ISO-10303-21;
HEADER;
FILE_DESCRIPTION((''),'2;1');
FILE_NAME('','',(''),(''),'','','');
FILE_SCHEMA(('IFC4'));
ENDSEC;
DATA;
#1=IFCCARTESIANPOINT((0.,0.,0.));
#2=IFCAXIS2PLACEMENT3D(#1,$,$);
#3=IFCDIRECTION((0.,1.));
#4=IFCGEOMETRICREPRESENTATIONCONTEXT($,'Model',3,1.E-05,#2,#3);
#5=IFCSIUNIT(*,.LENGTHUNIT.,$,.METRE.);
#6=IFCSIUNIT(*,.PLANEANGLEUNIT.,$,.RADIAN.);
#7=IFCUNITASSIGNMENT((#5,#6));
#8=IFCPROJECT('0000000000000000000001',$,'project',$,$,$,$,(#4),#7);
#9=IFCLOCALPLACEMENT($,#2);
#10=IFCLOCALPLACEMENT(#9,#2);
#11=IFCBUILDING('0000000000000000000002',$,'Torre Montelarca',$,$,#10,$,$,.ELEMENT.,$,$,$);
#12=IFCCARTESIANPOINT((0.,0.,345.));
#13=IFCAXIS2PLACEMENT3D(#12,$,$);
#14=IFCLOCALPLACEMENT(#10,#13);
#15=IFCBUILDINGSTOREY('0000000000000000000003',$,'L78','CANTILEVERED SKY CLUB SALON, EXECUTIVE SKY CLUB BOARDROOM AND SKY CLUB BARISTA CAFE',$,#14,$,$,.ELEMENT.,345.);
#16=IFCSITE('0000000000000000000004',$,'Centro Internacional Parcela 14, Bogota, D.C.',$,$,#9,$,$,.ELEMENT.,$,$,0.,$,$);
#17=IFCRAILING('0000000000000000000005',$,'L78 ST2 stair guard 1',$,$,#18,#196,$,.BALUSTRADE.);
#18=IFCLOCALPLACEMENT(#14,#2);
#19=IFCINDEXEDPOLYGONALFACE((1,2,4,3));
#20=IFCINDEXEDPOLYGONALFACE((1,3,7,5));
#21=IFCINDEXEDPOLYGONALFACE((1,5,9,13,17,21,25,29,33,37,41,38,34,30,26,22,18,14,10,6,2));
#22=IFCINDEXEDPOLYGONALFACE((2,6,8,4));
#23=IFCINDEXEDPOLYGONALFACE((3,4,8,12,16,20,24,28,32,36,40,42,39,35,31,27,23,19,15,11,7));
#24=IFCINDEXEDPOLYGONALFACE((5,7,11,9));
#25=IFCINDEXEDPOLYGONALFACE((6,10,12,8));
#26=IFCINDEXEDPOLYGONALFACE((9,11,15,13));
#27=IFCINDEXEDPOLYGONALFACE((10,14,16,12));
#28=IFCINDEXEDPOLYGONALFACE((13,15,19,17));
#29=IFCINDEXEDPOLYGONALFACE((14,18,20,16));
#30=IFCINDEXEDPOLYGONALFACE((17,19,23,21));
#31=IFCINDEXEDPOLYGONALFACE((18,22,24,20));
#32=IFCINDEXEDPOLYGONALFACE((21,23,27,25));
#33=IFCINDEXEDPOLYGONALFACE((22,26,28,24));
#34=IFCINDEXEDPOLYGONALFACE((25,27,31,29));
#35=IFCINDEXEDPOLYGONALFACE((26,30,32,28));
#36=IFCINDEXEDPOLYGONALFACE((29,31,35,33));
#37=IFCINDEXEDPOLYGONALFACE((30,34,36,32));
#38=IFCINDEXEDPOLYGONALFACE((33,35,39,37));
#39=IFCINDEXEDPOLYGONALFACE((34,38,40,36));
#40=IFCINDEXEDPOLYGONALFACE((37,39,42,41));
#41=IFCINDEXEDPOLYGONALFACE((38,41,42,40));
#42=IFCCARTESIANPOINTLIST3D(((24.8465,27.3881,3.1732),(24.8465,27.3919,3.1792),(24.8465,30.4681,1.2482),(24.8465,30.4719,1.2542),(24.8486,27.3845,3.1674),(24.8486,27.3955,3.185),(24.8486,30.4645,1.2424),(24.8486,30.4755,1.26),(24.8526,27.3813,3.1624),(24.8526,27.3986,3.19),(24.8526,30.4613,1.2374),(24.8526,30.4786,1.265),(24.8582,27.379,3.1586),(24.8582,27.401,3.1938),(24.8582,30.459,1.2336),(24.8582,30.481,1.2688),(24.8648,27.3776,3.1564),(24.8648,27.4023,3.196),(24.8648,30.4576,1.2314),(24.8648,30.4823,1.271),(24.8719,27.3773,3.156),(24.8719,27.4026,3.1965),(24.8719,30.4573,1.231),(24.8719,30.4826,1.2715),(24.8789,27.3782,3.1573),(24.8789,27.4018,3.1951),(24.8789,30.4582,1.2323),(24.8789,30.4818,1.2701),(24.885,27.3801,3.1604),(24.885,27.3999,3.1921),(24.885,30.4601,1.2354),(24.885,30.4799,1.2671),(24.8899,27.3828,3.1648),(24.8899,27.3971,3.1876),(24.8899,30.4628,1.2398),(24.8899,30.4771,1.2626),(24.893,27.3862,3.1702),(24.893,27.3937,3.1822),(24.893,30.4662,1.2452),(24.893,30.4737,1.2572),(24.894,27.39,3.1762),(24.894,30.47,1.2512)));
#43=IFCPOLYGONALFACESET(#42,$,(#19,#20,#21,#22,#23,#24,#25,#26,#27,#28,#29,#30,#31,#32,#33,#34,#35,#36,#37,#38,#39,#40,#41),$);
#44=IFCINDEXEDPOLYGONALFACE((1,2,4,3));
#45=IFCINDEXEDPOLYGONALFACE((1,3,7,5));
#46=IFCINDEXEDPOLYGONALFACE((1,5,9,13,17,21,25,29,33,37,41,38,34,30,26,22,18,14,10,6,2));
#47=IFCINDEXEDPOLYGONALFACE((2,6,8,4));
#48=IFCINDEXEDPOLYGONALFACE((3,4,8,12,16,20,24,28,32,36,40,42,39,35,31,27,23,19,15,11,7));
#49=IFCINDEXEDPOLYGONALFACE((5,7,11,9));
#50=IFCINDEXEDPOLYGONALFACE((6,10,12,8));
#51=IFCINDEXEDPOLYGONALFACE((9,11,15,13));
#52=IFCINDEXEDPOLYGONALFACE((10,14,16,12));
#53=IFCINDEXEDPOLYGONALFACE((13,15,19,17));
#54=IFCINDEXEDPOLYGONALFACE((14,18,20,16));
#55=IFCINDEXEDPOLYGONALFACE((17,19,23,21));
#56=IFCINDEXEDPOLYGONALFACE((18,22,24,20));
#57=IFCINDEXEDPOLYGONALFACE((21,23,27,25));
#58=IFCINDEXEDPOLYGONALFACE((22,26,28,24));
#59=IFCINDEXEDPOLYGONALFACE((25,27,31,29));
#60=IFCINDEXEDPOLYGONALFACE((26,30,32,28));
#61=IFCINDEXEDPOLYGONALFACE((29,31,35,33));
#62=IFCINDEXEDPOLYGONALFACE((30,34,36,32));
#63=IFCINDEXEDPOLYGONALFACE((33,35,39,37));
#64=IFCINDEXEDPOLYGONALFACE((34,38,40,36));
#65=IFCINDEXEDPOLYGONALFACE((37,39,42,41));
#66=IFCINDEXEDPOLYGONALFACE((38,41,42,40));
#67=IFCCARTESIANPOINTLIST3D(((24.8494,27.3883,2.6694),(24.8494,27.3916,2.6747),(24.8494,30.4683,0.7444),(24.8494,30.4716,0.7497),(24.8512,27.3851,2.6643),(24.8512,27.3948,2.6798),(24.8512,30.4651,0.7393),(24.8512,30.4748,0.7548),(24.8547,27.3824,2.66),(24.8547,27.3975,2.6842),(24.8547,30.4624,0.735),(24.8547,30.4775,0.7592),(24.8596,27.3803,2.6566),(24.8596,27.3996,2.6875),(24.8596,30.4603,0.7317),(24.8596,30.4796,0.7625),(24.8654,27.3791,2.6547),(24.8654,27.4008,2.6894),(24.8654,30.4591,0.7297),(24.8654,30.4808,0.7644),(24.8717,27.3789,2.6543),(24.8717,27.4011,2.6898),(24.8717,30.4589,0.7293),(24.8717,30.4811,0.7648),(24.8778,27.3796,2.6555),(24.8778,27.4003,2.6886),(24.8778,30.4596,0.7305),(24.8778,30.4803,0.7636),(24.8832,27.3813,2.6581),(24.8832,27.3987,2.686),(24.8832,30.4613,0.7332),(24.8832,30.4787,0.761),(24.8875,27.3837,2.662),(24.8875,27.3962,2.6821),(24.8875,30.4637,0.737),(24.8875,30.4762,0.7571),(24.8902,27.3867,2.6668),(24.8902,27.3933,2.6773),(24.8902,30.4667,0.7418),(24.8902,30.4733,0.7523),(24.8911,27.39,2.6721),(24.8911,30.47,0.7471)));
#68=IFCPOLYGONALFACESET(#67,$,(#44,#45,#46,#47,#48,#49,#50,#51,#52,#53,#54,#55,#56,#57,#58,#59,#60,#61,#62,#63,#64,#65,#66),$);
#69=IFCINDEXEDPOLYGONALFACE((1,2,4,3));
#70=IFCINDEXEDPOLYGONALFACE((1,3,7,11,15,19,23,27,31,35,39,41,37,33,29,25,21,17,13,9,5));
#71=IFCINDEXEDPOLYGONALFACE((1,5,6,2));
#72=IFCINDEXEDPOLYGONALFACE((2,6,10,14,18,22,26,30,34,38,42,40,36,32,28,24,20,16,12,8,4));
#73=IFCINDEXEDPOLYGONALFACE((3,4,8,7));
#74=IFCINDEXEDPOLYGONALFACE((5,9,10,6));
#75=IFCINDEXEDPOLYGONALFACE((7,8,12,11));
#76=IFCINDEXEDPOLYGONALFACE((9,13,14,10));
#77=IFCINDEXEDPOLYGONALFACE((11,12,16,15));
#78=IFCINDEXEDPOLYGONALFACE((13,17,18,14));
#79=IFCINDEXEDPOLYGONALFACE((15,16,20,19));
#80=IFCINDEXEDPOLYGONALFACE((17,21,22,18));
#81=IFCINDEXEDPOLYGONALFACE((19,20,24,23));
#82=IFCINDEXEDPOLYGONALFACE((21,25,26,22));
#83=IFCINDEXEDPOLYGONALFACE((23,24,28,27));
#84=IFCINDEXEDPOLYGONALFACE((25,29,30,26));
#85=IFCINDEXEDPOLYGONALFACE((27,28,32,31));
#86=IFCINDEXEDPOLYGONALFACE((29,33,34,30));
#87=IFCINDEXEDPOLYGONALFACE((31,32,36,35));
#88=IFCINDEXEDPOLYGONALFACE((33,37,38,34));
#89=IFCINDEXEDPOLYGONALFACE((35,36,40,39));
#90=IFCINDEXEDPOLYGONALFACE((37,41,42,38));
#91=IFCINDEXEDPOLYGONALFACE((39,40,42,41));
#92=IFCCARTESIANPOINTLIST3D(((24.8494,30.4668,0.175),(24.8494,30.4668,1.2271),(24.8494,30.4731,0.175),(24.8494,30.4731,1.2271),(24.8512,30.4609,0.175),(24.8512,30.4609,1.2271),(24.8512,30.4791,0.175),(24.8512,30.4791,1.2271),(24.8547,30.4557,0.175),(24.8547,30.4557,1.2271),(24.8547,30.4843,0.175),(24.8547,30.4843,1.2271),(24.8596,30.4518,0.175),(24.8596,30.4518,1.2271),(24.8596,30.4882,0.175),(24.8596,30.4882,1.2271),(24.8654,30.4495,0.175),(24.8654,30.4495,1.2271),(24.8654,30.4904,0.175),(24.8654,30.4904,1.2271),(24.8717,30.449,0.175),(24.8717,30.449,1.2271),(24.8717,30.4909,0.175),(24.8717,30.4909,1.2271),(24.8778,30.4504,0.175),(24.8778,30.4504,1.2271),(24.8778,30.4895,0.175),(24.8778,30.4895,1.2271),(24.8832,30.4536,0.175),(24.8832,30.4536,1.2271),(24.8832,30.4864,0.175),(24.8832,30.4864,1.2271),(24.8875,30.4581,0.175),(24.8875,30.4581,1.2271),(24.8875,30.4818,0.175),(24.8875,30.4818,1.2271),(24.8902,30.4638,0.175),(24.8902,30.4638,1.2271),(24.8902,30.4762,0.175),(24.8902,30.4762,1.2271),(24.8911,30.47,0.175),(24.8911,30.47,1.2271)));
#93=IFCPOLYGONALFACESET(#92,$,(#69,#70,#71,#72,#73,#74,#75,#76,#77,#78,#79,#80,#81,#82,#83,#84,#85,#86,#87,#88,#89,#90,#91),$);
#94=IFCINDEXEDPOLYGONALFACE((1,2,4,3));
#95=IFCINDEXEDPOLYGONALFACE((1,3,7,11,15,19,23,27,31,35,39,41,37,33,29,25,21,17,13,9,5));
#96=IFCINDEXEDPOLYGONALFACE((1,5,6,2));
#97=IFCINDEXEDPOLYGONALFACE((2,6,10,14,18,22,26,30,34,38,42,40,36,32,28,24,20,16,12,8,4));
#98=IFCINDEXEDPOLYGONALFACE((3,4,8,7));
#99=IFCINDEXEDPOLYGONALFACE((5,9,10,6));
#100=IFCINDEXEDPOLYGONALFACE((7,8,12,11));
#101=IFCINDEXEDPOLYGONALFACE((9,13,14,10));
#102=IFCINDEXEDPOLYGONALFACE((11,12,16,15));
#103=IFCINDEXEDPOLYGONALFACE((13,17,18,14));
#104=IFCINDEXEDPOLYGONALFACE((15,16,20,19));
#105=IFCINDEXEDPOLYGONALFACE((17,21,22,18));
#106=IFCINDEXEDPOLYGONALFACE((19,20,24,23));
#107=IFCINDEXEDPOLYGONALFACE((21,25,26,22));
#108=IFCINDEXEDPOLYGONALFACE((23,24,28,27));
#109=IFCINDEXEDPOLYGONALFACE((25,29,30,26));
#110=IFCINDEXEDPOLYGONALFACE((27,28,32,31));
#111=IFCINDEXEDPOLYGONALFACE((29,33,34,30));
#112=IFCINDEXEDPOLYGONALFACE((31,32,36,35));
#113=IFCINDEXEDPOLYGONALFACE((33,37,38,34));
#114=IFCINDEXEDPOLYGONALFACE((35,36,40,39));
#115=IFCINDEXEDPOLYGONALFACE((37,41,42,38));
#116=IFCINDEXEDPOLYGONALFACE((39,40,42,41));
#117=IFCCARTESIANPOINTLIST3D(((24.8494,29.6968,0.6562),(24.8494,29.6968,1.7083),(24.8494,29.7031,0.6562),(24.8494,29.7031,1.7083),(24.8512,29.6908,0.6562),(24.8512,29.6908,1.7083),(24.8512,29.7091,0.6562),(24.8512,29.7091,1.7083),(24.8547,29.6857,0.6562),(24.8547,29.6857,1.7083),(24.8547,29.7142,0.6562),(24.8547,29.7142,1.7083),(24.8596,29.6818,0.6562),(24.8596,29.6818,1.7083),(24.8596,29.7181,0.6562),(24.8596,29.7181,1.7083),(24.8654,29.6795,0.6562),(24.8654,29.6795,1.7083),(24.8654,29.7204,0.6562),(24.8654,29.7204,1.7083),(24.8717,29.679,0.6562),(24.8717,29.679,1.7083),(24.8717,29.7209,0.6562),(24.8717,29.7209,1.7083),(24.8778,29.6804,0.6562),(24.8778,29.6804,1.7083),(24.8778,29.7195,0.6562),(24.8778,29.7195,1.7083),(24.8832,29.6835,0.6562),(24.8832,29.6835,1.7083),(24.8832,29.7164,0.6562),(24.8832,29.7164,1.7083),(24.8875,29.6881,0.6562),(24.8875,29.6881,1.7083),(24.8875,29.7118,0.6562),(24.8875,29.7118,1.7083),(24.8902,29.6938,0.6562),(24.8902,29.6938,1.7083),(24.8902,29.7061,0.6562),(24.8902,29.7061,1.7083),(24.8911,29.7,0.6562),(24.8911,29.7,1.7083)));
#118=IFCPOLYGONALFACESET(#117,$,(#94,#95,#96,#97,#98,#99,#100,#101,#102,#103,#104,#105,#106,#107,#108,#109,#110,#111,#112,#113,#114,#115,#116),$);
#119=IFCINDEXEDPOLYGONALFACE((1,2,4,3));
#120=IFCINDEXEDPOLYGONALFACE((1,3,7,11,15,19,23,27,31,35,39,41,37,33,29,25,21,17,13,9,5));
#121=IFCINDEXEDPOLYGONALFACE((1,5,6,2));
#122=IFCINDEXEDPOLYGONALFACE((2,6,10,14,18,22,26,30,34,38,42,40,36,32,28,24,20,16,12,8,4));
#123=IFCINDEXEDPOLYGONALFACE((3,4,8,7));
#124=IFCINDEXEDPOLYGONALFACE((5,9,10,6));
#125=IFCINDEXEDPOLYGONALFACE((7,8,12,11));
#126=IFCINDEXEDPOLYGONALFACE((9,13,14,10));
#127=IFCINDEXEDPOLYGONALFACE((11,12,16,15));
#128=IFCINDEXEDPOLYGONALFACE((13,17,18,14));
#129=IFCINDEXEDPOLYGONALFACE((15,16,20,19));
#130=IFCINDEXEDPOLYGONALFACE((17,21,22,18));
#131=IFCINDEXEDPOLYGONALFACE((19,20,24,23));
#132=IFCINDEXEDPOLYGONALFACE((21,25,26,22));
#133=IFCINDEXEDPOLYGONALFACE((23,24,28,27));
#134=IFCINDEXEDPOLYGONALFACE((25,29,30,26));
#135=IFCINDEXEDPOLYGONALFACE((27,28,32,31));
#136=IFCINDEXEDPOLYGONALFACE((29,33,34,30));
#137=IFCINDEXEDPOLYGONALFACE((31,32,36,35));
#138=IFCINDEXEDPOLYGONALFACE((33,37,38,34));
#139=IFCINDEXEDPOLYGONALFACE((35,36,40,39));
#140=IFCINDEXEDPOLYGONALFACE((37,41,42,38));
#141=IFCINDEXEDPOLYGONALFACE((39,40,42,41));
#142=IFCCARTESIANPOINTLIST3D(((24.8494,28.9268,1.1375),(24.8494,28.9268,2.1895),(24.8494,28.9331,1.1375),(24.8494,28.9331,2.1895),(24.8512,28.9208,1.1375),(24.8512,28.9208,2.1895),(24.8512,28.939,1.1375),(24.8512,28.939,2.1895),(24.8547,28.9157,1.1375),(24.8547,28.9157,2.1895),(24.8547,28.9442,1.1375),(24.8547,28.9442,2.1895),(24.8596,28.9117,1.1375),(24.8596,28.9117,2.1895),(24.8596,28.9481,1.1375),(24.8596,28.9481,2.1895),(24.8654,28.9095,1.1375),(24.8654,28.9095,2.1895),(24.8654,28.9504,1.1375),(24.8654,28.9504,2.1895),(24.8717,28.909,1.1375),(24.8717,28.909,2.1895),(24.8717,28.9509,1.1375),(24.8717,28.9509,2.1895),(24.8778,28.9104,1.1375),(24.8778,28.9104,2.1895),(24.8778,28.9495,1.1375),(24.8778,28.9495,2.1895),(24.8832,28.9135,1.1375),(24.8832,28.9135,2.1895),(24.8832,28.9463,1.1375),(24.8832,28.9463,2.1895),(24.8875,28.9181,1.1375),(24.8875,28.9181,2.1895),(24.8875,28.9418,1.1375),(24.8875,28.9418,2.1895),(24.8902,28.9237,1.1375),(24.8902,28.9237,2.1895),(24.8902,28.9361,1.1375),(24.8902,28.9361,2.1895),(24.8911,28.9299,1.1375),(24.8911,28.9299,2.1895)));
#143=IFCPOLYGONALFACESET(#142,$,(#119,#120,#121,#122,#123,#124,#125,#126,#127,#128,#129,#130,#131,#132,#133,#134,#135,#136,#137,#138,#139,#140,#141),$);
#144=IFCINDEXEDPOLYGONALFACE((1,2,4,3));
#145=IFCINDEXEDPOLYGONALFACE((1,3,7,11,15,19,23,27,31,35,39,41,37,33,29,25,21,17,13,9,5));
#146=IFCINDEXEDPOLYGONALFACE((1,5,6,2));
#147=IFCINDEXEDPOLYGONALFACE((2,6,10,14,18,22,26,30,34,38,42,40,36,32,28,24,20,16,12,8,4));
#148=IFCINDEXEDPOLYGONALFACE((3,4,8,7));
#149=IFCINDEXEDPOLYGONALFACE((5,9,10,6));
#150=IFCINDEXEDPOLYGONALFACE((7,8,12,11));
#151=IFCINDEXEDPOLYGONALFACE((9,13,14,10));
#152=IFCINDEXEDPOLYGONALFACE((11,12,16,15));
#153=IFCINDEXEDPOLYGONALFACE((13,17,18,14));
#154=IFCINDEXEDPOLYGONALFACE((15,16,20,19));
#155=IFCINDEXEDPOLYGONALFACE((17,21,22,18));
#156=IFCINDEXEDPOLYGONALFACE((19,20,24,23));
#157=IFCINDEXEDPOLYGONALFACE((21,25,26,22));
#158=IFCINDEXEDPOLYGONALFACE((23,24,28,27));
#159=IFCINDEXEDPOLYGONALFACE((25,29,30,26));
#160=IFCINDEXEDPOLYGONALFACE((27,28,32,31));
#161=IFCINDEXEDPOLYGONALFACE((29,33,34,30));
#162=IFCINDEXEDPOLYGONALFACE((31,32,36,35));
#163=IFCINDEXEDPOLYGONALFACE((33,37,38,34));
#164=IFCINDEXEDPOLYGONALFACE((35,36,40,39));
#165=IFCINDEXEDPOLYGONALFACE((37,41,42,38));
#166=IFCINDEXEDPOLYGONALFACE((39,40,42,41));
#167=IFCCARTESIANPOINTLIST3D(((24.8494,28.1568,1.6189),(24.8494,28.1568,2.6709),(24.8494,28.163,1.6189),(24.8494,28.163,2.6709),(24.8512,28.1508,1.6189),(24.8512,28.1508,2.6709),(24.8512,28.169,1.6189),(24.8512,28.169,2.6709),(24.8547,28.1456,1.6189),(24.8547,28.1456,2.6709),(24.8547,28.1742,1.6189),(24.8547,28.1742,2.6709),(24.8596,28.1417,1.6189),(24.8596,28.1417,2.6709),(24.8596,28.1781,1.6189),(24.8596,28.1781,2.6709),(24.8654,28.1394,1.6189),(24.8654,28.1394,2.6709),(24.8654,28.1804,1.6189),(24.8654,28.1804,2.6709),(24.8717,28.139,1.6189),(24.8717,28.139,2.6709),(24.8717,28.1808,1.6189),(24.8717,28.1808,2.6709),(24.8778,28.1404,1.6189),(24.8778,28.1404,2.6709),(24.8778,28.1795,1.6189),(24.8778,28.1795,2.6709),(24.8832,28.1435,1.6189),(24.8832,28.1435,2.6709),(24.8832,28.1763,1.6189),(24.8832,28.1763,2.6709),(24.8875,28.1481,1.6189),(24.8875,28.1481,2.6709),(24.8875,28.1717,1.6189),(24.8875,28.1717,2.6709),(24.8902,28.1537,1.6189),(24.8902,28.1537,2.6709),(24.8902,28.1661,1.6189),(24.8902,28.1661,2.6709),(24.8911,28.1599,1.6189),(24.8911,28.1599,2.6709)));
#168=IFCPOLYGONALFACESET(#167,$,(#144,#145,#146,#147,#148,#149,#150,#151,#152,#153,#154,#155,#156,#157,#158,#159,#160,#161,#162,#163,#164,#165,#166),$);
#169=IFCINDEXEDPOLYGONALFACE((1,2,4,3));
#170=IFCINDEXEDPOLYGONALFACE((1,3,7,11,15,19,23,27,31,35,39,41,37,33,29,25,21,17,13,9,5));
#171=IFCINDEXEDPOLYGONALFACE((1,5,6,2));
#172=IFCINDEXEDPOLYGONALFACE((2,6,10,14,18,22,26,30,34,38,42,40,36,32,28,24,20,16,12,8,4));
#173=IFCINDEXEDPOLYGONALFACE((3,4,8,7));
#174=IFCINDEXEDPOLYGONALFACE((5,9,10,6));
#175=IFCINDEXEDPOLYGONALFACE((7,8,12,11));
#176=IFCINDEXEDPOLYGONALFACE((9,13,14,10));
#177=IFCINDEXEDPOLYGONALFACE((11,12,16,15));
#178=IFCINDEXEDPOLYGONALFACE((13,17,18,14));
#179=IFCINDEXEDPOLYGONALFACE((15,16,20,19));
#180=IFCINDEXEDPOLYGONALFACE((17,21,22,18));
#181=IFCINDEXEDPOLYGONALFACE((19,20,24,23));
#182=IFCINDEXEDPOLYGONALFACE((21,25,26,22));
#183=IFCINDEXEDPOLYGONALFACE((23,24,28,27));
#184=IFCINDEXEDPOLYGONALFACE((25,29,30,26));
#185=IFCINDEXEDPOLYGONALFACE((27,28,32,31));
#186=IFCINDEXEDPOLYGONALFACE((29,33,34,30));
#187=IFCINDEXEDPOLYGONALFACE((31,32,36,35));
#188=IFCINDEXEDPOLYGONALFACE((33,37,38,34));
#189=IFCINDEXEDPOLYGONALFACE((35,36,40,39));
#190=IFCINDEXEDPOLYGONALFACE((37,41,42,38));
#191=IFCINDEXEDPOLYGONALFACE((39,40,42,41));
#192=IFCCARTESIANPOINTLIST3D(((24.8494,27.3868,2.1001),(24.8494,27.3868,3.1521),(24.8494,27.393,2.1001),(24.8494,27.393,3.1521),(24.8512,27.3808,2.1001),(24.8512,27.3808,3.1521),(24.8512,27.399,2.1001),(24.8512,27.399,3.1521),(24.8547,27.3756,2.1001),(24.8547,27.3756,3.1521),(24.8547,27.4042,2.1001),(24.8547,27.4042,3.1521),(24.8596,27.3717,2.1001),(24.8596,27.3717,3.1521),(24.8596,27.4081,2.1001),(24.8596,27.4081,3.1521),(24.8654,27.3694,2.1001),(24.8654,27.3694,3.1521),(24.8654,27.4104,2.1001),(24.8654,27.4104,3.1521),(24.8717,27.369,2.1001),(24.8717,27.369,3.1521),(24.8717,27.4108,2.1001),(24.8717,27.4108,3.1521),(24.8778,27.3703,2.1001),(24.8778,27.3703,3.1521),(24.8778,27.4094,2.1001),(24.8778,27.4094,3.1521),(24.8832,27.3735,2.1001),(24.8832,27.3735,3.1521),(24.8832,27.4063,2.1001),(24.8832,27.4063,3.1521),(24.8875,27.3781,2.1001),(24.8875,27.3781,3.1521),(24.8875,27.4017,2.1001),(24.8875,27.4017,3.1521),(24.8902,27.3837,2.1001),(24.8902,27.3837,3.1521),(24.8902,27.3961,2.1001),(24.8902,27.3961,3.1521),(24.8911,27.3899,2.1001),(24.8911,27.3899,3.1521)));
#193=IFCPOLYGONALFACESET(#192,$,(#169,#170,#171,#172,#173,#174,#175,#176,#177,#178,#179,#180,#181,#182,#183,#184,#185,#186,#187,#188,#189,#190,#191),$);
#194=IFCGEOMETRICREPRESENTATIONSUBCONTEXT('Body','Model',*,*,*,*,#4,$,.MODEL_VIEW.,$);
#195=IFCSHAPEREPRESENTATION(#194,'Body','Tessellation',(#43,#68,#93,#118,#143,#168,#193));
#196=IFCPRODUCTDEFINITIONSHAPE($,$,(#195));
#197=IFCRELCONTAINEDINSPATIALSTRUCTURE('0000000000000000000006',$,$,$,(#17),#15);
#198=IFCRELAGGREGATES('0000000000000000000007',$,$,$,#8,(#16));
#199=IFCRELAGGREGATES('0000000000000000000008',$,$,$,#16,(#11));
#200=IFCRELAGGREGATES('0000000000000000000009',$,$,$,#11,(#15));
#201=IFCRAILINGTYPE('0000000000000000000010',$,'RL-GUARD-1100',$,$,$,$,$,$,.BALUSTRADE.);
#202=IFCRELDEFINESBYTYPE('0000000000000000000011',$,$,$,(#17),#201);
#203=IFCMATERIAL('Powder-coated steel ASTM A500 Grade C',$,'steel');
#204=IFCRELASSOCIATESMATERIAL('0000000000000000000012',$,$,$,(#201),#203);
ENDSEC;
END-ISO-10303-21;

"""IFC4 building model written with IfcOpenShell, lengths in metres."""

from ifc_helpers import new_model, si_unit, direction, frame, origin, origin_2d, place, context, subcontext, project, spatial, circle, extrude, material, type_object, element, save


model = new_model("IFC4")

# Units and contexts
model_context = context("Model", 3, precision=1e-05, world=origin(), true_north=direction((0.0, 1.0)))
body_context = subcontext(model_context, "Body", "Model", "MODEL_VIEW")
ifc_project = project(units=[si_unit("LENGTHUNIT", "METRE"), si_unit("PLANEANGLEUNIT", "RADIAN")], contexts=[model_context])

# Site, building, storey
site_placement = place(None, origin())
site = spatial("IfcSite", under=ifc_project, at=site_placement, Name="Centro Internacional Parcela 14, Bogota, D.C.", CompositionType="ELEMENT", RefElevation=0.0)
building_placement = place(site_placement, origin())
building = spatial("IfcBuilding", under=site, at=building_placement, Name="Torre Montelarca", CompositionType="ELEMENT")
storey_placement = place(building_placement, frame((0.0, 0.0, 345.0)))
storey = spatial("IfcBuildingStorey", under=building, at=storey_placement, Name="L78", Description="CANTILEVERED SKY CLUB SALON, EXECUTIVE SKY CLUB BOARDROOM AND SKY CLUB BARISTA CAFE", CompositionType="ELEMENT", Elevation=345.0)

# Railing
ifc_material_1 = material(Name="Powder-coated steel ASTM A500 Grade C", Category="steel")
railing_type_1 = type_object("IfcRailingType", Name="RL-GUARD-1100", PredefinedType="BALUSTRADE", material=ifc_material_1)
railing_1_placement = place(storey_placement, frame((24.8701, 30.47, 0.175)))
element("IfcRailing", 1, at=railing_1_placement, inside=storey, type_object=railing_type_1, Name="L78 ST2 stair guard 1", PredefinedType="BALUSTRADE", context=body_context, shape_type="SweptSolid", body=[
    extrude(circle(Radius=0.0239, at=origin_2d()), frame((0.0, 0.0, 1.0762), z_axis=(0.0, -0.847998, 0.529999), x_axis=(1.0, 0.0, 0.0)), (0.0, 0.0, 1.0), 3.6321),
    extrude(circle(Radius=0.021, at=origin_2d()), frame((0.0, 0.0, 0.572), z_axis=(0.0, -0.847998, 0.529999), x_axis=(1.0, 0.0, 0.0)), (0.0, 0.0, 1.0), 3.6321),
    extrude(circle(Radius=0.021, at=origin_2d()), origin(), (0.0, 0.0, 1.0), 1.052),
    extrude(circle(Radius=0.021, at=origin_2d()), frame((0.0, -0.77, 0.4812)), (0.0, 0.0, 1.0), 1.052),
    extrude(circle(Radius=0.021, at=origin_2d()), frame((0.0, -1.54, 0.9624)), (0.0, 0.0, 1.0), 1.052),
    extrude(circle(Radius=0.021, at=origin_2d()), frame((0.0, -2.3101, 1.4438)), (0.0, 0.0, 1.0), 1.052),
    extrude(circle(Radius=0.021, at=origin_2d()), frame((0.0, -3.0801, 1.925)), (0.0, 0.0, 1.0), 1.052),
])

save(model, "model.ifc")
